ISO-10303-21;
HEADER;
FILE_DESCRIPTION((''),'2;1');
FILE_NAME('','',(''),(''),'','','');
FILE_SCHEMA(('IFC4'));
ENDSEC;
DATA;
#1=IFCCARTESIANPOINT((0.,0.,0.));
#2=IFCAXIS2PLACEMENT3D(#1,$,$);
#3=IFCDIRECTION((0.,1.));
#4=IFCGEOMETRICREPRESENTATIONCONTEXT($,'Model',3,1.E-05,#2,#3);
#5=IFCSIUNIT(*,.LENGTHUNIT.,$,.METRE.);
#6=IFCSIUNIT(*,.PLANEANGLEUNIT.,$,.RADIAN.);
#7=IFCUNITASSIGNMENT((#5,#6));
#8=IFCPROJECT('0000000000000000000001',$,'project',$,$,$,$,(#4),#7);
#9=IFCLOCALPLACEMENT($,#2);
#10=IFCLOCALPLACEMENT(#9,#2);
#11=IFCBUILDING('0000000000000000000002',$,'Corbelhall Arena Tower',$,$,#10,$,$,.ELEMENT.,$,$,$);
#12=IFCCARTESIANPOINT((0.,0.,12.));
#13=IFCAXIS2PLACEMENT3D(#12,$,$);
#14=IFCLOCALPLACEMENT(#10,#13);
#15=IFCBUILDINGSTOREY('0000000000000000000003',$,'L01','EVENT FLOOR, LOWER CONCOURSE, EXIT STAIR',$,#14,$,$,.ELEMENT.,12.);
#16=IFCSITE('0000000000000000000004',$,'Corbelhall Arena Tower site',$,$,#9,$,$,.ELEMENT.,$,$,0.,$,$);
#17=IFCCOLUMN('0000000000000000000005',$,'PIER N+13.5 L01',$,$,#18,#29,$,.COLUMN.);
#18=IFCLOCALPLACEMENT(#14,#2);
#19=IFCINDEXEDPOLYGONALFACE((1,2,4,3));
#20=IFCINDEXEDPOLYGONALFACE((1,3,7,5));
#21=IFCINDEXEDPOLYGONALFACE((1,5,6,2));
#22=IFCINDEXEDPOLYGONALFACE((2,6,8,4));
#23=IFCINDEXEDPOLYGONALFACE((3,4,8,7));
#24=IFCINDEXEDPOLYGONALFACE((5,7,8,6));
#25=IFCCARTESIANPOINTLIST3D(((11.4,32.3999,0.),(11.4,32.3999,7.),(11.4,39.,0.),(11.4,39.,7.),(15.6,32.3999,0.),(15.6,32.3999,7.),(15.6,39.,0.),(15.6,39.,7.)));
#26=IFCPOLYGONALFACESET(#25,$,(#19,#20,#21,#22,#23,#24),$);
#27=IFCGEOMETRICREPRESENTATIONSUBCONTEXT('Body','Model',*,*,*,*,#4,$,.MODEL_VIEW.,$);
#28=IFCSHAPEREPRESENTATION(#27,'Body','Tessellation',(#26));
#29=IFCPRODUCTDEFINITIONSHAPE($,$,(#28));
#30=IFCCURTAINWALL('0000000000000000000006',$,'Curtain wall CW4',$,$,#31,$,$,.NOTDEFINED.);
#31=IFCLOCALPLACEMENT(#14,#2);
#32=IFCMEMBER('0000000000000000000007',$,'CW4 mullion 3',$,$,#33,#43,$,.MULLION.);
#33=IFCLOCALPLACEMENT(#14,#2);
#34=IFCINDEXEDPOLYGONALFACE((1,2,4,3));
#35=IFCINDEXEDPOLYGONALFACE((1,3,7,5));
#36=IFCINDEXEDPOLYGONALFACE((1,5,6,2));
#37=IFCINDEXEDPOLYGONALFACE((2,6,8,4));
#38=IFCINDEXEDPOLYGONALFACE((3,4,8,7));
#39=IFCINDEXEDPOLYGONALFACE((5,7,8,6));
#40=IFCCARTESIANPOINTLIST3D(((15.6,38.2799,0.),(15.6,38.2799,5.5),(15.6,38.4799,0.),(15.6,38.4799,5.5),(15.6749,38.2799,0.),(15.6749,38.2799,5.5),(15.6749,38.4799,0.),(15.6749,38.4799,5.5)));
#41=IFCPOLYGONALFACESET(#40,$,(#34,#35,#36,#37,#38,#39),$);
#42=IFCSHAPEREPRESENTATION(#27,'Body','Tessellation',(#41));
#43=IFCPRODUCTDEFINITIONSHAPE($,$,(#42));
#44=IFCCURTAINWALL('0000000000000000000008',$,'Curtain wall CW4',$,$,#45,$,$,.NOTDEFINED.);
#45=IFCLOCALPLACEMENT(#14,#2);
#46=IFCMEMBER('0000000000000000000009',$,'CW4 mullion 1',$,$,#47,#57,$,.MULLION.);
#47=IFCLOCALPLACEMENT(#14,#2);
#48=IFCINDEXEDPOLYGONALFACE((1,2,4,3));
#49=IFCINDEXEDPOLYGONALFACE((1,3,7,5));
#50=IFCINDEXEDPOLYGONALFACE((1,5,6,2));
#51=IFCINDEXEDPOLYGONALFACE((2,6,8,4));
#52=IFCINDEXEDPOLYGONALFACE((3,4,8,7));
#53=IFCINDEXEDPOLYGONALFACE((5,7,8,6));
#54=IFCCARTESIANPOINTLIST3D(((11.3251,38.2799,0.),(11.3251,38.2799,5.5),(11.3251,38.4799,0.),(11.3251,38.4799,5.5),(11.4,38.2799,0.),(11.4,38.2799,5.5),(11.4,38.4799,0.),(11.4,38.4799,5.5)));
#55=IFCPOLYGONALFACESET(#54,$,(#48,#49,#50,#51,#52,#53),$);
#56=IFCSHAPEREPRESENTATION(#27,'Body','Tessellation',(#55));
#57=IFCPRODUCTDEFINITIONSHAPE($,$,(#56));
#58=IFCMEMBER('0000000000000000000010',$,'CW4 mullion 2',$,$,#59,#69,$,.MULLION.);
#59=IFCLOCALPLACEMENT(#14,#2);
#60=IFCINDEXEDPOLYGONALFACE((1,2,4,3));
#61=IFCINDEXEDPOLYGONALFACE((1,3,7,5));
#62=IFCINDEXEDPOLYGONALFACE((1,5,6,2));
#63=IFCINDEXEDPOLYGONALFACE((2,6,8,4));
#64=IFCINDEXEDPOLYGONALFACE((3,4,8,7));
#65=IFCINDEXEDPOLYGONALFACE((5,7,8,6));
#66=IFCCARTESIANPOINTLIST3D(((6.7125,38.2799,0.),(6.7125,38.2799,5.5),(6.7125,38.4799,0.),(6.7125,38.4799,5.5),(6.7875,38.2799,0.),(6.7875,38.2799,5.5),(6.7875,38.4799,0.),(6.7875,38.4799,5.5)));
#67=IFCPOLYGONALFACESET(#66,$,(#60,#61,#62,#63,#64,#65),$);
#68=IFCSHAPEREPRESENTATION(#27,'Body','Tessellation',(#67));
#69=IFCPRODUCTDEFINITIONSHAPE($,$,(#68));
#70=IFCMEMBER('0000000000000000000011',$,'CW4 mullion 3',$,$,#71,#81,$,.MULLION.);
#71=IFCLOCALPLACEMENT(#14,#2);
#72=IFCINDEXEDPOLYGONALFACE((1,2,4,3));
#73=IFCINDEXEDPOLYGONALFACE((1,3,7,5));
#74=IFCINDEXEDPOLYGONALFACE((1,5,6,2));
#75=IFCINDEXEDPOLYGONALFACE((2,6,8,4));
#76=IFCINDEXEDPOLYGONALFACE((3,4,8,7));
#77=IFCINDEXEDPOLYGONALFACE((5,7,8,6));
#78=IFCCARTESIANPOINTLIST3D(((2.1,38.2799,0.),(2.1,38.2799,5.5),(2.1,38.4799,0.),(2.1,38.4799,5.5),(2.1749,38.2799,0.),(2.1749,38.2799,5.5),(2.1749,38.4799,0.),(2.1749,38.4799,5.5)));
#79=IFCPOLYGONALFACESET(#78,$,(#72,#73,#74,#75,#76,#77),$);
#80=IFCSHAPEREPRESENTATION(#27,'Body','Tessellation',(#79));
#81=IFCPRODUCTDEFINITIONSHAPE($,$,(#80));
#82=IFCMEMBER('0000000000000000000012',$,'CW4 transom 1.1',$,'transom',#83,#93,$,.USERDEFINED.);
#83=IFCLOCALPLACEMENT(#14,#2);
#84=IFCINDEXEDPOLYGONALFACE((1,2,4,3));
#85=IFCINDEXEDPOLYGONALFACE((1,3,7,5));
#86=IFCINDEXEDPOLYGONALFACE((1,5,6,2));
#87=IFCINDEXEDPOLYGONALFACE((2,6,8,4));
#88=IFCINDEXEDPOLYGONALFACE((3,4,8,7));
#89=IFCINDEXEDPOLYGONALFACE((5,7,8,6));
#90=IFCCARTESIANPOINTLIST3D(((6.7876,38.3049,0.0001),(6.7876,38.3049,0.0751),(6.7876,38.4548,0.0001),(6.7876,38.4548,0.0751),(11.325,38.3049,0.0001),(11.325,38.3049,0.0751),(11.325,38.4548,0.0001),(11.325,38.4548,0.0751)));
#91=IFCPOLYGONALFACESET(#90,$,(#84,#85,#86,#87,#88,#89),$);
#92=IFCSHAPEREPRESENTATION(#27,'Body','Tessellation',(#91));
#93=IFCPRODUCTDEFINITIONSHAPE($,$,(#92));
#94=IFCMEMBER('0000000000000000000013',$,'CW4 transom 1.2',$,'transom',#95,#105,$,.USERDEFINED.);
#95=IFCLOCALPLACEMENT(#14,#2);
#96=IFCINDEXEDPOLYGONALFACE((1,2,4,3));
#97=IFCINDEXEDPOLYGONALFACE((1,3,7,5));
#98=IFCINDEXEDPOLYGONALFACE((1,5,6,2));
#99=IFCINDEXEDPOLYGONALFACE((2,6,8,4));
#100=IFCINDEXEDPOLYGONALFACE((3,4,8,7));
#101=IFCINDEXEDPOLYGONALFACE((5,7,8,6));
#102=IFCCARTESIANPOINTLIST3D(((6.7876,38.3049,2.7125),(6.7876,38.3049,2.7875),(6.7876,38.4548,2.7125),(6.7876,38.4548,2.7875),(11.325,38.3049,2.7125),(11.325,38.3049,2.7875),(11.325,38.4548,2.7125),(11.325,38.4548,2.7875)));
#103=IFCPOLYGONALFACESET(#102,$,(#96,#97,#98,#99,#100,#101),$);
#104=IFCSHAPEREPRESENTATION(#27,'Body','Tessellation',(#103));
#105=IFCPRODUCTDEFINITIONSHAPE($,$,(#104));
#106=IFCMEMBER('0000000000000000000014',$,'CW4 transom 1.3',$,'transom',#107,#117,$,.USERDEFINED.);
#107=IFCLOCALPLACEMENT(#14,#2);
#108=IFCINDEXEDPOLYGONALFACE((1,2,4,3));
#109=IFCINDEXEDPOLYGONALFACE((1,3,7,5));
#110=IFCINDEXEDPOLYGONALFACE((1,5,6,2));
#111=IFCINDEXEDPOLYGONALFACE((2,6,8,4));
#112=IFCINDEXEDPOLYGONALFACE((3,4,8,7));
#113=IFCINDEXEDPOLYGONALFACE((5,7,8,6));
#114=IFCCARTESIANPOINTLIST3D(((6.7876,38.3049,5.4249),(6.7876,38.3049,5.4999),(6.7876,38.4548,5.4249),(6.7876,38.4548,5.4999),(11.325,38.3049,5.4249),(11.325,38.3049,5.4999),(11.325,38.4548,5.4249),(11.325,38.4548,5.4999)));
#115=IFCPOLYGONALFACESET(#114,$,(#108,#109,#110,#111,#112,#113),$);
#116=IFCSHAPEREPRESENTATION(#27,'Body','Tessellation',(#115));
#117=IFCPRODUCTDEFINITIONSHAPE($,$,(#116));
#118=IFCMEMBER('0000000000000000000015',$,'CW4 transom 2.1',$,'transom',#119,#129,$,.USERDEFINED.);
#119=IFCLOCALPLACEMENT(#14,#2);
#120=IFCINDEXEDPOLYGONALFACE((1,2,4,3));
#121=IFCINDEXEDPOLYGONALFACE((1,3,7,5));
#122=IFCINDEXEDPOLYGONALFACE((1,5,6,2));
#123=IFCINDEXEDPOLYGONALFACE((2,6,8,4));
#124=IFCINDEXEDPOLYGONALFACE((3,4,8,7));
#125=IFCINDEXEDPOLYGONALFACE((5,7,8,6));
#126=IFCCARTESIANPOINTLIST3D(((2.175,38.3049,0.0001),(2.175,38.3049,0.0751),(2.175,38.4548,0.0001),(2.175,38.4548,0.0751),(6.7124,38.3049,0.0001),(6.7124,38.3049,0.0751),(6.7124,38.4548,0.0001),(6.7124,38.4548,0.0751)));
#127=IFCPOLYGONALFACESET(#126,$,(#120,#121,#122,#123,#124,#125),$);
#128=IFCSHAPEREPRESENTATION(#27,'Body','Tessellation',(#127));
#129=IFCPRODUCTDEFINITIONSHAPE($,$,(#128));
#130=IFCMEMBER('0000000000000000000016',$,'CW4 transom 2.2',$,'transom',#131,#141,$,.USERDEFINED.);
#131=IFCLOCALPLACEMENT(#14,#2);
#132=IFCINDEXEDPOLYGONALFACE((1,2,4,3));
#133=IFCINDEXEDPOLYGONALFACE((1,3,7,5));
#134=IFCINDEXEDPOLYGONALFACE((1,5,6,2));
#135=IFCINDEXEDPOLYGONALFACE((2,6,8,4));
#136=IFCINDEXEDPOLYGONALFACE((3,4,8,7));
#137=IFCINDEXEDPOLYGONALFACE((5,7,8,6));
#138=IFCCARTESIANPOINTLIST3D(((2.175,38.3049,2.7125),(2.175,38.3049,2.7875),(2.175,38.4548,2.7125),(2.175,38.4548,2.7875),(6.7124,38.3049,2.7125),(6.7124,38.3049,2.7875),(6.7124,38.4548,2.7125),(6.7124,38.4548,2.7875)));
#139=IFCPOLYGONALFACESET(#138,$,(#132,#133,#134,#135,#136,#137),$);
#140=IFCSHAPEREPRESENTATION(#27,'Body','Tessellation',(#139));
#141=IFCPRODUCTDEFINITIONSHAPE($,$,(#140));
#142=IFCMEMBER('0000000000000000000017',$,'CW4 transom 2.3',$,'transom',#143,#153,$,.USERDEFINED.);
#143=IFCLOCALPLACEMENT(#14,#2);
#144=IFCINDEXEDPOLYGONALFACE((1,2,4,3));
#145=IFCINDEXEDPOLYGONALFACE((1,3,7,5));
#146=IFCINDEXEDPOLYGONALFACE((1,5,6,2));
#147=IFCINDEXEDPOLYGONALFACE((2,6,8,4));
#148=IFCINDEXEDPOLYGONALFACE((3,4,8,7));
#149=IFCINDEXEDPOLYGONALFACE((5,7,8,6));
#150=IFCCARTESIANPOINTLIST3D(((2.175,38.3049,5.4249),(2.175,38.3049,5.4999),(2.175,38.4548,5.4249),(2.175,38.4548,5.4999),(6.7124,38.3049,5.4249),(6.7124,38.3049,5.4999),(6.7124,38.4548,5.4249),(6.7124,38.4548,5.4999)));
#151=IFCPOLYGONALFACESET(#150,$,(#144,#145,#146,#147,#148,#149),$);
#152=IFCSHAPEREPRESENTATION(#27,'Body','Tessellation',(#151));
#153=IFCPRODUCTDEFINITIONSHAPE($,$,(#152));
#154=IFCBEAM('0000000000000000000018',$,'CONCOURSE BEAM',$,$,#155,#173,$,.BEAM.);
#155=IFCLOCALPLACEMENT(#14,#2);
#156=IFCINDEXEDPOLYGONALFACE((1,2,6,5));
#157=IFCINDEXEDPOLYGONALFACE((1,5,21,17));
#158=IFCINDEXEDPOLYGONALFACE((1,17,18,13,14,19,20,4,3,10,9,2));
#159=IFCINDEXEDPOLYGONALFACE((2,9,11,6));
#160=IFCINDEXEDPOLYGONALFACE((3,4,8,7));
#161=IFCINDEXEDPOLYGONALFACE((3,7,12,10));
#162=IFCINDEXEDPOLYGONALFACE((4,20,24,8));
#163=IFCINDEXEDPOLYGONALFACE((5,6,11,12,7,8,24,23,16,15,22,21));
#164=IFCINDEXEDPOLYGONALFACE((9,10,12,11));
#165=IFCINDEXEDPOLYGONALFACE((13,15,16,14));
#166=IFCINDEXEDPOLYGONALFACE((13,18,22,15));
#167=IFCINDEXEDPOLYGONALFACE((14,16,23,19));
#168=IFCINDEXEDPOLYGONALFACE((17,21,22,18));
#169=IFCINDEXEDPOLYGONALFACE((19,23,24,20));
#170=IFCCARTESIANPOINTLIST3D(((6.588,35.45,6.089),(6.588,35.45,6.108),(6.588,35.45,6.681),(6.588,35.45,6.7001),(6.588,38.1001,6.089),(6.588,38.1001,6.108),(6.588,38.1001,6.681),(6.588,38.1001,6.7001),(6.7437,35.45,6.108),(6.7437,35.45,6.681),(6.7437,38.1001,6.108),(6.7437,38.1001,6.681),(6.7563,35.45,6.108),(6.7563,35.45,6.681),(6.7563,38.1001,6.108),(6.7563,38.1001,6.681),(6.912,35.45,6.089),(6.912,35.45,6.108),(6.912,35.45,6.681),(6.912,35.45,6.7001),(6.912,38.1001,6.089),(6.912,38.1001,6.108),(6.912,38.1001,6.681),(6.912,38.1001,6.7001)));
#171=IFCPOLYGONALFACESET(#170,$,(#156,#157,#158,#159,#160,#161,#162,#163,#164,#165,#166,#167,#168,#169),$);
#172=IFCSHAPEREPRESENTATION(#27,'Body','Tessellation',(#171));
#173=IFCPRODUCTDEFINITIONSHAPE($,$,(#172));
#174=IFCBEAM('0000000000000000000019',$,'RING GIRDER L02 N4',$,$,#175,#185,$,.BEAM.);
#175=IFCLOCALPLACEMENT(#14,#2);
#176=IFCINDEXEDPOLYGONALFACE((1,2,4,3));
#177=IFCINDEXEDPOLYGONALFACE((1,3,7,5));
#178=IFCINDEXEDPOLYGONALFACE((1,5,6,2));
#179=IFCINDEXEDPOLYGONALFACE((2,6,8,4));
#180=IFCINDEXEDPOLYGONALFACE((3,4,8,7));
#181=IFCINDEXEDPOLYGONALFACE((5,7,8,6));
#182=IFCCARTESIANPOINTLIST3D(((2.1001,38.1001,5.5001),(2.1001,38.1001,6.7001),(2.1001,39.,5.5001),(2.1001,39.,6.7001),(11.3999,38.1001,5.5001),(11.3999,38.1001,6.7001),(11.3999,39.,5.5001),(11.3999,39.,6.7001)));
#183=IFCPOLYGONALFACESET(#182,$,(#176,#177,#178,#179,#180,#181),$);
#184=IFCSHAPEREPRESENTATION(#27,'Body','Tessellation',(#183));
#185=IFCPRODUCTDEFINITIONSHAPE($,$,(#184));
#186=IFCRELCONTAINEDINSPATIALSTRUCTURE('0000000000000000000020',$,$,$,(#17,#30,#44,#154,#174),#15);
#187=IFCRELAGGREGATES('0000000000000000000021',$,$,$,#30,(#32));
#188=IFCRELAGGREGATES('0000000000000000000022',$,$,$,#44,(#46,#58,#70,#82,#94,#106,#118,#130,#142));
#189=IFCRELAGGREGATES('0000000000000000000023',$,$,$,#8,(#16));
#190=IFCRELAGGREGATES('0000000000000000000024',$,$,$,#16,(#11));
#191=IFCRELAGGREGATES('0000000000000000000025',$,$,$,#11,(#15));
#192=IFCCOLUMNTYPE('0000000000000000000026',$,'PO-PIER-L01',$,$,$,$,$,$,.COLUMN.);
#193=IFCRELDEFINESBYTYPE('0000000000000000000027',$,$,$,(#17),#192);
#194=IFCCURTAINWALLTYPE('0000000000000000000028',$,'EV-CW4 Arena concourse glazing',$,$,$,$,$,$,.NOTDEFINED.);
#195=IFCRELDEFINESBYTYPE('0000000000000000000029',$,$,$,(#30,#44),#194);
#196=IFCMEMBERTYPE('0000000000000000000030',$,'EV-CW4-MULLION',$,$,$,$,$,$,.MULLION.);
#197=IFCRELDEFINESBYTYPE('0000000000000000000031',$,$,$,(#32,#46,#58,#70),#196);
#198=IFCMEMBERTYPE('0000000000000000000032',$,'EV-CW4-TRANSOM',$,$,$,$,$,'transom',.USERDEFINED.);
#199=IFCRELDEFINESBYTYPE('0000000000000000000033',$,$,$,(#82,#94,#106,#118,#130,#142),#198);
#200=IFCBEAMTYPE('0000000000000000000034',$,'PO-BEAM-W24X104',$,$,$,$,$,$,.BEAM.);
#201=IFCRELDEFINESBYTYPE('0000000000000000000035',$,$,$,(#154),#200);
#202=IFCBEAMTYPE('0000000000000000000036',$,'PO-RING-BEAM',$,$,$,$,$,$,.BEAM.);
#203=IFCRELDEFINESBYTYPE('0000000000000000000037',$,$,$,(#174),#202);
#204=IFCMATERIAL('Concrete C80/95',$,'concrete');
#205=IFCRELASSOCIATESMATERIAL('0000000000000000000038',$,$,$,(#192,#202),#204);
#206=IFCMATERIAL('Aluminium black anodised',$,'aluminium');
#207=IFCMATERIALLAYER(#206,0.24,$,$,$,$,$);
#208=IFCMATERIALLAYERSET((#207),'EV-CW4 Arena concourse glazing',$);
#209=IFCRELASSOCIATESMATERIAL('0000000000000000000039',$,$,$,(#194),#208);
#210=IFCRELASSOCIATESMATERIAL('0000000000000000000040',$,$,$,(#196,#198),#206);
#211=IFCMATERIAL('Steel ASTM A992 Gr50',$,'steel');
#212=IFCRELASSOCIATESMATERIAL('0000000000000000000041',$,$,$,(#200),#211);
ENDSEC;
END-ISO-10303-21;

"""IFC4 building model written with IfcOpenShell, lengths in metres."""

from ifc_helpers import new_model, si_unit, direction, frame, origin, origin_2d, place, context, subcontext, project, spatial, rectangle, i_section, extrude, material, layer, layer_set, material_profile, profile_set, type_object, element, aggregate, save


model = new_model("IFC4")

# Units and contexts
model_context = context("Model", 3, precision=1e-05, world=origin(), true_north=direction((0.0, 1.0)))
body_context = subcontext(model_context, "Body", "Model", "MODEL_VIEW")
ifc_project = project(units=[si_unit("LENGTHUNIT", "METRE"), si_unit("PLANEANGLEUNIT", "RADIAN")], contexts=[model_context])

# Site, building, storey
site_placement = place(None, origin())
site = spatial("IfcSite", under=ifc_project, at=site_placement, Name="Corbelhall Arena Tower site", CompositionType="ELEMENT", RefElevation=0.0)
building_placement = place(site_placement, origin())
building = spatial("IfcBuilding", under=site, at=building_placement, Name="Corbelhall Arena Tower", CompositionType="ELEMENT")
storey_placement = place(building_placement, frame((0.0, 0.0, 12.0)))
storey = spatial("IfcBuildingStorey", under=building, at=storey_placement, Name="L01", Description="EVENT FLOOR, LOWER CONCOURSE, EXIT STAIR", CompositionType="ELEMENT", Elevation=12.0)

# Column
ifc_material_1 = material(Name="Concrete C80/95", Category="concrete")
ifc_material_profile_1 = material_profile(ifc_material_1, rectangle(XDim=4.2, YDim=6.6001, at=origin_2d()))
ifc_profile_set_1 = profile_set([ifc_material_profile_1], Name="Concrete C80/95")
column_type = type_object("IfcColumnType", Name="PO-PIER-L01", PredefinedType="COLUMN", material=ifc_profile_set_1)
column_placement = place(storey_placement, frame((13.5, 35.7, 0.0), z_axis=(0.0, 0.0, 1.0), x_axis=(1.0, 0.0, 0.0)))
element("IfcColumn", 1, at=column_placement, inside=storey, type_object=column_type, Name="PIER N+13.5 L01", PredefinedType="COLUMN", context=body_context, shape_type="SweptSolid", body=[
    extrude(rectangle(XDim=4.2, YDim=6.6001, at=origin_2d()), origin(), (0.0, 0.0, 1.0), 7.0),
])

# Curtain wall, member
ifc_material_2 = material(Name="Aluminium black anodised", Category="aluminium")
ifc_layer_1 = layer(ifc_material_2, 0.24)
ifc_layer_set_1 = layer_set([ifc_layer_1], Name="EV-CW4 Arena concourse glazing")
curtain_wall_type = type_object("IfcCurtainWallType", Name="EV-CW4 Arena concourse glazing", PredefinedType="NOTDEFINED", material=ifc_layer_set_1)
curtain_wall_1_placement = place(storey_placement, origin())
curtain_wall_1 = element("IfcCurtainWall", 2, at=curtain_wall_1_placement, inside=storey, type_object=curtain_wall_type, Name="Curtain wall CW4", PredefinedType="NOTDEFINED")
ifc_material_profile_2 = material_profile(ifc_material_2, rectangle(XDim=0.2, YDim=0.075, at=origin_2d()))
ifc_profile_set_2 = profile_set([ifc_material_profile_2], Name="Aluminium black anodised")
member_type_1 = type_object("IfcMemberType", Name="EV-CW4-MULLION", PredefinedType="MULLION", material=ifc_profile_set_2)
member_1_placement = place(storey_placement, frame((15.6375, 38.3799, 0.0), z_axis=(0.0, 0.0, 1.0), x_axis=(0.0, -1.0, 0.0)))
member_1 = element("IfcMember", 3, at=member_1_placement, type_object=member_type_1, Name="CW4 mullion 3", PredefinedType="MULLION", context=body_context, shape_type="SweptSolid", body=[
    extrude(rectangle(XDim=0.2, YDim=0.075, at=origin_2d()), origin(), (0.0, 0.0, 1.0), 5.5),
])
aggregate(curtain_wall_1, [member_1])

# Curtain wall, members
curtain_wall_2_placement = place(storey_placement, origin())
curtain_wall_2 = element("IfcCurtainWall", 4, at=curtain_wall_2_placement, inside=storey, type_object=curtain_wall_type, Name="Curtain wall CW4", PredefinedType="NOTDEFINED")
member_2_placement = place(storey_placement, frame((11.3625, 38.3799, 0.0), z_axis=(0.0, 0.0, 1.0), x_axis=(0.0, -1.0, 0.0)))
member_2 = element("IfcMember", 5, at=member_2_placement, type_object=member_type_1, Name="CW4 mullion 1", PredefinedType="MULLION", context=body_context, shape_type="SweptSolid", body=[
    extrude(rectangle(XDim=0.2, YDim=0.075, at=origin_2d()), origin(), (0.0, 0.0, 1.0), 5.5),
])
member_3_placement = place(storey_placement, frame((6.75, 38.3799, 0.0), z_axis=(0.0, 0.0, 1.0), x_axis=(0.0, -1.0, 0.0)))
member_3 = element("IfcMember", 6, at=member_3_placement, type_object=member_type_1, Name="CW4 mullion 2", PredefinedType="MULLION", context=body_context, shape_type="SweptSolid", body=[
    extrude(rectangle(XDim=0.2, YDim=0.075, at=origin_2d()), origin(), (0.0, 0.0, 1.0), 5.5),
])
member_4_placement = place(storey_placement, frame((2.1375, 38.3799, 0.0), z_axis=(0.0, 0.0, 1.0), x_axis=(0.0, -1.0, 0.0)))
member_4 = element("IfcMember", 7, at=member_4_placement, type_object=member_type_1, Name="CW4 mullion 3", PredefinedType="MULLION", context=body_context, shape_type="SweptSolid", body=[
    extrude(rectangle(XDim=0.2, YDim=0.075, at=origin_2d()), origin(), (0.0, 0.0, 1.0), 5.5),
])
ifc_material_profile_3 = material_profile(ifc_material_2, rectangle(XDim=0.1499, YDim=0.075, at=origin_2d()))
ifc_profile_set_3 = profile_set([ifc_material_profile_3], Name="Aluminium black anodised")
member_type_2 = type_object("IfcMemberType", Name="EV-CW4-TRANSOM", ElementType="transom", PredefinedType="USERDEFINED", material=ifc_profile_set_3)
member_5_placement = place(storey_placement, frame((11.325, 38.3799, 0.0376), z_axis=(-1.0, 0.0, 0.0), x_axis=(0.0, -1.0, 0.0)))
member_5 = element("IfcMember", 8, at=member_5_placement, type_object=member_type_2, Name="CW4 transom 1.1", ObjectType="transom", PredefinedType="USERDEFINED", context=body_context, shape_type="SweptSolid", body=[
    extrude(rectangle(XDim=0.1499, YDim=0.075, at=origin_2d()), origin(), (0.0, 0.0, 1.0), 4.5374),
])
member_6_placement = place(storey_placement, frame((11.325, 38.3799, 2.75), z_axis=(-1.0, 0.0, 0.0), x_axis=(0.0, -1.0, 0.0)))
member_6 = element("IfcMember", 9, at=member_6_placement, type_object=member_type_2, Name="CW4 transom 1.2", ObjectType="transom", PredefinedType="USERDEFINED", context=body_context, shape_type="SweptSolid", body=[
    extrude(rectangle(XDim=0.1499, YDim=0.075, at=origin_2d()), origin(), (0.0, 0.0, 1.0), 4.5374),
])
member_7_placement = place(storey_placement, frame((11.325, 38.3799, 5.4624), z_axis=(-1.0, 0.0, 0.0), x_axis=(0.0, -1.0, 0.0)))
member_7 = element("IfcMember", 10, at=member_7_placement, type_object=member_type_2, Name="CW4 transom 1.3", ObjectType="transom", PredefinedType="USERDEFINED", context=body_context, shape_type="SweptSolid", body=[
    extrude(rectangle(XDim=0.1499, YDim=0.075, at=origin_2d()), origin(), (0.0, 0.0, 1.0), 4.5374),
])
member_8_placement = place(storey_placement, frame((6.7124, 38.3799, 0.0376), z_axis=(-1.0, 0.0, 0.0), x_axis=(0.0, -1.0, 0.0)))
member_8 = element("IfcMember", 11, at=member_8_placement, type_object=member_type_2, Name="CW4 transom 2.1", ObjectType="transom", PredefinedType="USERDEFINED", context=body_context, shape_type="SweptSolid", body=[
    extrude(rectangle(XDim=0.1499, YDim=0.075, at=origin_2d()), origin(), (0.0, 0.0, 1.0), 4.5374),
])
member_9_placement = place(storey_placement, frame((6.7124, 38.3799, 2.75), z_axis=(-1.0, 0.0, 0.0), x_axis=(0.0, -1.0, 0.0)))
member_9 = element("IfcMember", 12, at=member_9_placement, type_object=member_type_2, Name="CW4 transom 2.2", ObjectType="transom", PredefinedType="USERDEFINED", context=body_context, shape_type="SweptSolid", body=[
    extrude(rectangle(XDim=0.1499, YDim=0.075, at=origin_2d()), origin(), (0.0, 0.0, 1.0), 4.5374),
])
member_10_placement = place(storey_placement, frame((6.7124, 38.3799, 5.4624), z_axis=(-1.0, 0.0, 0.0), x_axis=(0.0, -1.0, 0.0)))
member_10 = element("IfcMember", 13, at=member_10_placement, type_object=member_type_2, Name="CW4 transom 2.3", ObjectType="transom", PredefinedType="USERDEFINED", context=body_context, shape_type="SweptSolid", body=[
    extrude(rectangle(XDim=0.1499, YDim=0.075, at=origin_2d()), origin(), (0.0, 0.0, 1.0), 4.5374),
])

# Beams
ifc_material_3 = material(Name="Steel ASTM A992 Gr50", Category="steel")
ifc_material_profile_4 = material_profile(ifc_material_3, i_section(OverallWidth=0.324, OverallDepth=0.6111, WebThickness=0.0127, FlangeThickness=0.019, at=origin_2d()))
ifc_profile_set_4 = profile_set([ifc_material_profile_4], Name="Steel ASTM A992 Gr50")
beam_type_1 = type_object("IfcBeamType", Name="PO-BEAM-W24X104", PredefinedType="BEAM", material=ifc_profile_set_4)
beam_placement = place(storey_placement, frame((6.75, 35.45, 6.3945), z_axis=(0.0, 1.0, 0.0), x_axis=(-1.0, 0.0, 0.0)))
element("IfcBeam", 14, at=beam_placement, inside=storey, type_object=beam_type_1, Name="CONCOURSE BEAM", PredefinedType="BEAM", context=body_context, shape_type="SweptSolid", body=[
    extrude(i_section(OverallWidth=0.324, OverallDepth=0.6111, WebThickness=0.0127, FlangeThickness=0.019, at=origin_2d()), origin(), (0.0, 0.0, 1.0), 2.6501),
])
ifc_material_profile_5 = material_profile(ifc_material_1, rectangle(XDim=0.8999, YDim=1.2, at=origin_2d()))
ifc_profile_set_5 = profile_set([ifc_material_profile_5], Name="Concrete C80/95")
beam_type_2 = type_object("IfcBeamType", Name="PO-RING-BEAM", PredefinedType="BEAM", material=ifc_profile_set_5)
for number, where, z_axis, x_axis, name in (
    (15, (2.1001, 38.55, 6.1001), (1.0, 0.0, 0.0), (0.0, 1.0, 0.0), "RING GIRDER L02 N4"),
):
    element("IfcBeam", number, at=place(storey_placement, frame(where, z_axis=z_axis, x_axis=x_axis)), inside=storey, type_object=beam_type_2, Name=name, PredefinedType="BEAM", context=body_context, shape_type="SweptSolid", body=[
        extrude(rectangle(XDim=0.8999, YDim=1.2, at=origin_2d()), origin(), (0.0, 0.0, 1.0), 9.2998),
    ])

aggregate(curtain_wall_2, [member_2, member_3, member_4, member_5, member_6, member_7, member_8, member_9, member_10])

save(model, "model.ifc")
